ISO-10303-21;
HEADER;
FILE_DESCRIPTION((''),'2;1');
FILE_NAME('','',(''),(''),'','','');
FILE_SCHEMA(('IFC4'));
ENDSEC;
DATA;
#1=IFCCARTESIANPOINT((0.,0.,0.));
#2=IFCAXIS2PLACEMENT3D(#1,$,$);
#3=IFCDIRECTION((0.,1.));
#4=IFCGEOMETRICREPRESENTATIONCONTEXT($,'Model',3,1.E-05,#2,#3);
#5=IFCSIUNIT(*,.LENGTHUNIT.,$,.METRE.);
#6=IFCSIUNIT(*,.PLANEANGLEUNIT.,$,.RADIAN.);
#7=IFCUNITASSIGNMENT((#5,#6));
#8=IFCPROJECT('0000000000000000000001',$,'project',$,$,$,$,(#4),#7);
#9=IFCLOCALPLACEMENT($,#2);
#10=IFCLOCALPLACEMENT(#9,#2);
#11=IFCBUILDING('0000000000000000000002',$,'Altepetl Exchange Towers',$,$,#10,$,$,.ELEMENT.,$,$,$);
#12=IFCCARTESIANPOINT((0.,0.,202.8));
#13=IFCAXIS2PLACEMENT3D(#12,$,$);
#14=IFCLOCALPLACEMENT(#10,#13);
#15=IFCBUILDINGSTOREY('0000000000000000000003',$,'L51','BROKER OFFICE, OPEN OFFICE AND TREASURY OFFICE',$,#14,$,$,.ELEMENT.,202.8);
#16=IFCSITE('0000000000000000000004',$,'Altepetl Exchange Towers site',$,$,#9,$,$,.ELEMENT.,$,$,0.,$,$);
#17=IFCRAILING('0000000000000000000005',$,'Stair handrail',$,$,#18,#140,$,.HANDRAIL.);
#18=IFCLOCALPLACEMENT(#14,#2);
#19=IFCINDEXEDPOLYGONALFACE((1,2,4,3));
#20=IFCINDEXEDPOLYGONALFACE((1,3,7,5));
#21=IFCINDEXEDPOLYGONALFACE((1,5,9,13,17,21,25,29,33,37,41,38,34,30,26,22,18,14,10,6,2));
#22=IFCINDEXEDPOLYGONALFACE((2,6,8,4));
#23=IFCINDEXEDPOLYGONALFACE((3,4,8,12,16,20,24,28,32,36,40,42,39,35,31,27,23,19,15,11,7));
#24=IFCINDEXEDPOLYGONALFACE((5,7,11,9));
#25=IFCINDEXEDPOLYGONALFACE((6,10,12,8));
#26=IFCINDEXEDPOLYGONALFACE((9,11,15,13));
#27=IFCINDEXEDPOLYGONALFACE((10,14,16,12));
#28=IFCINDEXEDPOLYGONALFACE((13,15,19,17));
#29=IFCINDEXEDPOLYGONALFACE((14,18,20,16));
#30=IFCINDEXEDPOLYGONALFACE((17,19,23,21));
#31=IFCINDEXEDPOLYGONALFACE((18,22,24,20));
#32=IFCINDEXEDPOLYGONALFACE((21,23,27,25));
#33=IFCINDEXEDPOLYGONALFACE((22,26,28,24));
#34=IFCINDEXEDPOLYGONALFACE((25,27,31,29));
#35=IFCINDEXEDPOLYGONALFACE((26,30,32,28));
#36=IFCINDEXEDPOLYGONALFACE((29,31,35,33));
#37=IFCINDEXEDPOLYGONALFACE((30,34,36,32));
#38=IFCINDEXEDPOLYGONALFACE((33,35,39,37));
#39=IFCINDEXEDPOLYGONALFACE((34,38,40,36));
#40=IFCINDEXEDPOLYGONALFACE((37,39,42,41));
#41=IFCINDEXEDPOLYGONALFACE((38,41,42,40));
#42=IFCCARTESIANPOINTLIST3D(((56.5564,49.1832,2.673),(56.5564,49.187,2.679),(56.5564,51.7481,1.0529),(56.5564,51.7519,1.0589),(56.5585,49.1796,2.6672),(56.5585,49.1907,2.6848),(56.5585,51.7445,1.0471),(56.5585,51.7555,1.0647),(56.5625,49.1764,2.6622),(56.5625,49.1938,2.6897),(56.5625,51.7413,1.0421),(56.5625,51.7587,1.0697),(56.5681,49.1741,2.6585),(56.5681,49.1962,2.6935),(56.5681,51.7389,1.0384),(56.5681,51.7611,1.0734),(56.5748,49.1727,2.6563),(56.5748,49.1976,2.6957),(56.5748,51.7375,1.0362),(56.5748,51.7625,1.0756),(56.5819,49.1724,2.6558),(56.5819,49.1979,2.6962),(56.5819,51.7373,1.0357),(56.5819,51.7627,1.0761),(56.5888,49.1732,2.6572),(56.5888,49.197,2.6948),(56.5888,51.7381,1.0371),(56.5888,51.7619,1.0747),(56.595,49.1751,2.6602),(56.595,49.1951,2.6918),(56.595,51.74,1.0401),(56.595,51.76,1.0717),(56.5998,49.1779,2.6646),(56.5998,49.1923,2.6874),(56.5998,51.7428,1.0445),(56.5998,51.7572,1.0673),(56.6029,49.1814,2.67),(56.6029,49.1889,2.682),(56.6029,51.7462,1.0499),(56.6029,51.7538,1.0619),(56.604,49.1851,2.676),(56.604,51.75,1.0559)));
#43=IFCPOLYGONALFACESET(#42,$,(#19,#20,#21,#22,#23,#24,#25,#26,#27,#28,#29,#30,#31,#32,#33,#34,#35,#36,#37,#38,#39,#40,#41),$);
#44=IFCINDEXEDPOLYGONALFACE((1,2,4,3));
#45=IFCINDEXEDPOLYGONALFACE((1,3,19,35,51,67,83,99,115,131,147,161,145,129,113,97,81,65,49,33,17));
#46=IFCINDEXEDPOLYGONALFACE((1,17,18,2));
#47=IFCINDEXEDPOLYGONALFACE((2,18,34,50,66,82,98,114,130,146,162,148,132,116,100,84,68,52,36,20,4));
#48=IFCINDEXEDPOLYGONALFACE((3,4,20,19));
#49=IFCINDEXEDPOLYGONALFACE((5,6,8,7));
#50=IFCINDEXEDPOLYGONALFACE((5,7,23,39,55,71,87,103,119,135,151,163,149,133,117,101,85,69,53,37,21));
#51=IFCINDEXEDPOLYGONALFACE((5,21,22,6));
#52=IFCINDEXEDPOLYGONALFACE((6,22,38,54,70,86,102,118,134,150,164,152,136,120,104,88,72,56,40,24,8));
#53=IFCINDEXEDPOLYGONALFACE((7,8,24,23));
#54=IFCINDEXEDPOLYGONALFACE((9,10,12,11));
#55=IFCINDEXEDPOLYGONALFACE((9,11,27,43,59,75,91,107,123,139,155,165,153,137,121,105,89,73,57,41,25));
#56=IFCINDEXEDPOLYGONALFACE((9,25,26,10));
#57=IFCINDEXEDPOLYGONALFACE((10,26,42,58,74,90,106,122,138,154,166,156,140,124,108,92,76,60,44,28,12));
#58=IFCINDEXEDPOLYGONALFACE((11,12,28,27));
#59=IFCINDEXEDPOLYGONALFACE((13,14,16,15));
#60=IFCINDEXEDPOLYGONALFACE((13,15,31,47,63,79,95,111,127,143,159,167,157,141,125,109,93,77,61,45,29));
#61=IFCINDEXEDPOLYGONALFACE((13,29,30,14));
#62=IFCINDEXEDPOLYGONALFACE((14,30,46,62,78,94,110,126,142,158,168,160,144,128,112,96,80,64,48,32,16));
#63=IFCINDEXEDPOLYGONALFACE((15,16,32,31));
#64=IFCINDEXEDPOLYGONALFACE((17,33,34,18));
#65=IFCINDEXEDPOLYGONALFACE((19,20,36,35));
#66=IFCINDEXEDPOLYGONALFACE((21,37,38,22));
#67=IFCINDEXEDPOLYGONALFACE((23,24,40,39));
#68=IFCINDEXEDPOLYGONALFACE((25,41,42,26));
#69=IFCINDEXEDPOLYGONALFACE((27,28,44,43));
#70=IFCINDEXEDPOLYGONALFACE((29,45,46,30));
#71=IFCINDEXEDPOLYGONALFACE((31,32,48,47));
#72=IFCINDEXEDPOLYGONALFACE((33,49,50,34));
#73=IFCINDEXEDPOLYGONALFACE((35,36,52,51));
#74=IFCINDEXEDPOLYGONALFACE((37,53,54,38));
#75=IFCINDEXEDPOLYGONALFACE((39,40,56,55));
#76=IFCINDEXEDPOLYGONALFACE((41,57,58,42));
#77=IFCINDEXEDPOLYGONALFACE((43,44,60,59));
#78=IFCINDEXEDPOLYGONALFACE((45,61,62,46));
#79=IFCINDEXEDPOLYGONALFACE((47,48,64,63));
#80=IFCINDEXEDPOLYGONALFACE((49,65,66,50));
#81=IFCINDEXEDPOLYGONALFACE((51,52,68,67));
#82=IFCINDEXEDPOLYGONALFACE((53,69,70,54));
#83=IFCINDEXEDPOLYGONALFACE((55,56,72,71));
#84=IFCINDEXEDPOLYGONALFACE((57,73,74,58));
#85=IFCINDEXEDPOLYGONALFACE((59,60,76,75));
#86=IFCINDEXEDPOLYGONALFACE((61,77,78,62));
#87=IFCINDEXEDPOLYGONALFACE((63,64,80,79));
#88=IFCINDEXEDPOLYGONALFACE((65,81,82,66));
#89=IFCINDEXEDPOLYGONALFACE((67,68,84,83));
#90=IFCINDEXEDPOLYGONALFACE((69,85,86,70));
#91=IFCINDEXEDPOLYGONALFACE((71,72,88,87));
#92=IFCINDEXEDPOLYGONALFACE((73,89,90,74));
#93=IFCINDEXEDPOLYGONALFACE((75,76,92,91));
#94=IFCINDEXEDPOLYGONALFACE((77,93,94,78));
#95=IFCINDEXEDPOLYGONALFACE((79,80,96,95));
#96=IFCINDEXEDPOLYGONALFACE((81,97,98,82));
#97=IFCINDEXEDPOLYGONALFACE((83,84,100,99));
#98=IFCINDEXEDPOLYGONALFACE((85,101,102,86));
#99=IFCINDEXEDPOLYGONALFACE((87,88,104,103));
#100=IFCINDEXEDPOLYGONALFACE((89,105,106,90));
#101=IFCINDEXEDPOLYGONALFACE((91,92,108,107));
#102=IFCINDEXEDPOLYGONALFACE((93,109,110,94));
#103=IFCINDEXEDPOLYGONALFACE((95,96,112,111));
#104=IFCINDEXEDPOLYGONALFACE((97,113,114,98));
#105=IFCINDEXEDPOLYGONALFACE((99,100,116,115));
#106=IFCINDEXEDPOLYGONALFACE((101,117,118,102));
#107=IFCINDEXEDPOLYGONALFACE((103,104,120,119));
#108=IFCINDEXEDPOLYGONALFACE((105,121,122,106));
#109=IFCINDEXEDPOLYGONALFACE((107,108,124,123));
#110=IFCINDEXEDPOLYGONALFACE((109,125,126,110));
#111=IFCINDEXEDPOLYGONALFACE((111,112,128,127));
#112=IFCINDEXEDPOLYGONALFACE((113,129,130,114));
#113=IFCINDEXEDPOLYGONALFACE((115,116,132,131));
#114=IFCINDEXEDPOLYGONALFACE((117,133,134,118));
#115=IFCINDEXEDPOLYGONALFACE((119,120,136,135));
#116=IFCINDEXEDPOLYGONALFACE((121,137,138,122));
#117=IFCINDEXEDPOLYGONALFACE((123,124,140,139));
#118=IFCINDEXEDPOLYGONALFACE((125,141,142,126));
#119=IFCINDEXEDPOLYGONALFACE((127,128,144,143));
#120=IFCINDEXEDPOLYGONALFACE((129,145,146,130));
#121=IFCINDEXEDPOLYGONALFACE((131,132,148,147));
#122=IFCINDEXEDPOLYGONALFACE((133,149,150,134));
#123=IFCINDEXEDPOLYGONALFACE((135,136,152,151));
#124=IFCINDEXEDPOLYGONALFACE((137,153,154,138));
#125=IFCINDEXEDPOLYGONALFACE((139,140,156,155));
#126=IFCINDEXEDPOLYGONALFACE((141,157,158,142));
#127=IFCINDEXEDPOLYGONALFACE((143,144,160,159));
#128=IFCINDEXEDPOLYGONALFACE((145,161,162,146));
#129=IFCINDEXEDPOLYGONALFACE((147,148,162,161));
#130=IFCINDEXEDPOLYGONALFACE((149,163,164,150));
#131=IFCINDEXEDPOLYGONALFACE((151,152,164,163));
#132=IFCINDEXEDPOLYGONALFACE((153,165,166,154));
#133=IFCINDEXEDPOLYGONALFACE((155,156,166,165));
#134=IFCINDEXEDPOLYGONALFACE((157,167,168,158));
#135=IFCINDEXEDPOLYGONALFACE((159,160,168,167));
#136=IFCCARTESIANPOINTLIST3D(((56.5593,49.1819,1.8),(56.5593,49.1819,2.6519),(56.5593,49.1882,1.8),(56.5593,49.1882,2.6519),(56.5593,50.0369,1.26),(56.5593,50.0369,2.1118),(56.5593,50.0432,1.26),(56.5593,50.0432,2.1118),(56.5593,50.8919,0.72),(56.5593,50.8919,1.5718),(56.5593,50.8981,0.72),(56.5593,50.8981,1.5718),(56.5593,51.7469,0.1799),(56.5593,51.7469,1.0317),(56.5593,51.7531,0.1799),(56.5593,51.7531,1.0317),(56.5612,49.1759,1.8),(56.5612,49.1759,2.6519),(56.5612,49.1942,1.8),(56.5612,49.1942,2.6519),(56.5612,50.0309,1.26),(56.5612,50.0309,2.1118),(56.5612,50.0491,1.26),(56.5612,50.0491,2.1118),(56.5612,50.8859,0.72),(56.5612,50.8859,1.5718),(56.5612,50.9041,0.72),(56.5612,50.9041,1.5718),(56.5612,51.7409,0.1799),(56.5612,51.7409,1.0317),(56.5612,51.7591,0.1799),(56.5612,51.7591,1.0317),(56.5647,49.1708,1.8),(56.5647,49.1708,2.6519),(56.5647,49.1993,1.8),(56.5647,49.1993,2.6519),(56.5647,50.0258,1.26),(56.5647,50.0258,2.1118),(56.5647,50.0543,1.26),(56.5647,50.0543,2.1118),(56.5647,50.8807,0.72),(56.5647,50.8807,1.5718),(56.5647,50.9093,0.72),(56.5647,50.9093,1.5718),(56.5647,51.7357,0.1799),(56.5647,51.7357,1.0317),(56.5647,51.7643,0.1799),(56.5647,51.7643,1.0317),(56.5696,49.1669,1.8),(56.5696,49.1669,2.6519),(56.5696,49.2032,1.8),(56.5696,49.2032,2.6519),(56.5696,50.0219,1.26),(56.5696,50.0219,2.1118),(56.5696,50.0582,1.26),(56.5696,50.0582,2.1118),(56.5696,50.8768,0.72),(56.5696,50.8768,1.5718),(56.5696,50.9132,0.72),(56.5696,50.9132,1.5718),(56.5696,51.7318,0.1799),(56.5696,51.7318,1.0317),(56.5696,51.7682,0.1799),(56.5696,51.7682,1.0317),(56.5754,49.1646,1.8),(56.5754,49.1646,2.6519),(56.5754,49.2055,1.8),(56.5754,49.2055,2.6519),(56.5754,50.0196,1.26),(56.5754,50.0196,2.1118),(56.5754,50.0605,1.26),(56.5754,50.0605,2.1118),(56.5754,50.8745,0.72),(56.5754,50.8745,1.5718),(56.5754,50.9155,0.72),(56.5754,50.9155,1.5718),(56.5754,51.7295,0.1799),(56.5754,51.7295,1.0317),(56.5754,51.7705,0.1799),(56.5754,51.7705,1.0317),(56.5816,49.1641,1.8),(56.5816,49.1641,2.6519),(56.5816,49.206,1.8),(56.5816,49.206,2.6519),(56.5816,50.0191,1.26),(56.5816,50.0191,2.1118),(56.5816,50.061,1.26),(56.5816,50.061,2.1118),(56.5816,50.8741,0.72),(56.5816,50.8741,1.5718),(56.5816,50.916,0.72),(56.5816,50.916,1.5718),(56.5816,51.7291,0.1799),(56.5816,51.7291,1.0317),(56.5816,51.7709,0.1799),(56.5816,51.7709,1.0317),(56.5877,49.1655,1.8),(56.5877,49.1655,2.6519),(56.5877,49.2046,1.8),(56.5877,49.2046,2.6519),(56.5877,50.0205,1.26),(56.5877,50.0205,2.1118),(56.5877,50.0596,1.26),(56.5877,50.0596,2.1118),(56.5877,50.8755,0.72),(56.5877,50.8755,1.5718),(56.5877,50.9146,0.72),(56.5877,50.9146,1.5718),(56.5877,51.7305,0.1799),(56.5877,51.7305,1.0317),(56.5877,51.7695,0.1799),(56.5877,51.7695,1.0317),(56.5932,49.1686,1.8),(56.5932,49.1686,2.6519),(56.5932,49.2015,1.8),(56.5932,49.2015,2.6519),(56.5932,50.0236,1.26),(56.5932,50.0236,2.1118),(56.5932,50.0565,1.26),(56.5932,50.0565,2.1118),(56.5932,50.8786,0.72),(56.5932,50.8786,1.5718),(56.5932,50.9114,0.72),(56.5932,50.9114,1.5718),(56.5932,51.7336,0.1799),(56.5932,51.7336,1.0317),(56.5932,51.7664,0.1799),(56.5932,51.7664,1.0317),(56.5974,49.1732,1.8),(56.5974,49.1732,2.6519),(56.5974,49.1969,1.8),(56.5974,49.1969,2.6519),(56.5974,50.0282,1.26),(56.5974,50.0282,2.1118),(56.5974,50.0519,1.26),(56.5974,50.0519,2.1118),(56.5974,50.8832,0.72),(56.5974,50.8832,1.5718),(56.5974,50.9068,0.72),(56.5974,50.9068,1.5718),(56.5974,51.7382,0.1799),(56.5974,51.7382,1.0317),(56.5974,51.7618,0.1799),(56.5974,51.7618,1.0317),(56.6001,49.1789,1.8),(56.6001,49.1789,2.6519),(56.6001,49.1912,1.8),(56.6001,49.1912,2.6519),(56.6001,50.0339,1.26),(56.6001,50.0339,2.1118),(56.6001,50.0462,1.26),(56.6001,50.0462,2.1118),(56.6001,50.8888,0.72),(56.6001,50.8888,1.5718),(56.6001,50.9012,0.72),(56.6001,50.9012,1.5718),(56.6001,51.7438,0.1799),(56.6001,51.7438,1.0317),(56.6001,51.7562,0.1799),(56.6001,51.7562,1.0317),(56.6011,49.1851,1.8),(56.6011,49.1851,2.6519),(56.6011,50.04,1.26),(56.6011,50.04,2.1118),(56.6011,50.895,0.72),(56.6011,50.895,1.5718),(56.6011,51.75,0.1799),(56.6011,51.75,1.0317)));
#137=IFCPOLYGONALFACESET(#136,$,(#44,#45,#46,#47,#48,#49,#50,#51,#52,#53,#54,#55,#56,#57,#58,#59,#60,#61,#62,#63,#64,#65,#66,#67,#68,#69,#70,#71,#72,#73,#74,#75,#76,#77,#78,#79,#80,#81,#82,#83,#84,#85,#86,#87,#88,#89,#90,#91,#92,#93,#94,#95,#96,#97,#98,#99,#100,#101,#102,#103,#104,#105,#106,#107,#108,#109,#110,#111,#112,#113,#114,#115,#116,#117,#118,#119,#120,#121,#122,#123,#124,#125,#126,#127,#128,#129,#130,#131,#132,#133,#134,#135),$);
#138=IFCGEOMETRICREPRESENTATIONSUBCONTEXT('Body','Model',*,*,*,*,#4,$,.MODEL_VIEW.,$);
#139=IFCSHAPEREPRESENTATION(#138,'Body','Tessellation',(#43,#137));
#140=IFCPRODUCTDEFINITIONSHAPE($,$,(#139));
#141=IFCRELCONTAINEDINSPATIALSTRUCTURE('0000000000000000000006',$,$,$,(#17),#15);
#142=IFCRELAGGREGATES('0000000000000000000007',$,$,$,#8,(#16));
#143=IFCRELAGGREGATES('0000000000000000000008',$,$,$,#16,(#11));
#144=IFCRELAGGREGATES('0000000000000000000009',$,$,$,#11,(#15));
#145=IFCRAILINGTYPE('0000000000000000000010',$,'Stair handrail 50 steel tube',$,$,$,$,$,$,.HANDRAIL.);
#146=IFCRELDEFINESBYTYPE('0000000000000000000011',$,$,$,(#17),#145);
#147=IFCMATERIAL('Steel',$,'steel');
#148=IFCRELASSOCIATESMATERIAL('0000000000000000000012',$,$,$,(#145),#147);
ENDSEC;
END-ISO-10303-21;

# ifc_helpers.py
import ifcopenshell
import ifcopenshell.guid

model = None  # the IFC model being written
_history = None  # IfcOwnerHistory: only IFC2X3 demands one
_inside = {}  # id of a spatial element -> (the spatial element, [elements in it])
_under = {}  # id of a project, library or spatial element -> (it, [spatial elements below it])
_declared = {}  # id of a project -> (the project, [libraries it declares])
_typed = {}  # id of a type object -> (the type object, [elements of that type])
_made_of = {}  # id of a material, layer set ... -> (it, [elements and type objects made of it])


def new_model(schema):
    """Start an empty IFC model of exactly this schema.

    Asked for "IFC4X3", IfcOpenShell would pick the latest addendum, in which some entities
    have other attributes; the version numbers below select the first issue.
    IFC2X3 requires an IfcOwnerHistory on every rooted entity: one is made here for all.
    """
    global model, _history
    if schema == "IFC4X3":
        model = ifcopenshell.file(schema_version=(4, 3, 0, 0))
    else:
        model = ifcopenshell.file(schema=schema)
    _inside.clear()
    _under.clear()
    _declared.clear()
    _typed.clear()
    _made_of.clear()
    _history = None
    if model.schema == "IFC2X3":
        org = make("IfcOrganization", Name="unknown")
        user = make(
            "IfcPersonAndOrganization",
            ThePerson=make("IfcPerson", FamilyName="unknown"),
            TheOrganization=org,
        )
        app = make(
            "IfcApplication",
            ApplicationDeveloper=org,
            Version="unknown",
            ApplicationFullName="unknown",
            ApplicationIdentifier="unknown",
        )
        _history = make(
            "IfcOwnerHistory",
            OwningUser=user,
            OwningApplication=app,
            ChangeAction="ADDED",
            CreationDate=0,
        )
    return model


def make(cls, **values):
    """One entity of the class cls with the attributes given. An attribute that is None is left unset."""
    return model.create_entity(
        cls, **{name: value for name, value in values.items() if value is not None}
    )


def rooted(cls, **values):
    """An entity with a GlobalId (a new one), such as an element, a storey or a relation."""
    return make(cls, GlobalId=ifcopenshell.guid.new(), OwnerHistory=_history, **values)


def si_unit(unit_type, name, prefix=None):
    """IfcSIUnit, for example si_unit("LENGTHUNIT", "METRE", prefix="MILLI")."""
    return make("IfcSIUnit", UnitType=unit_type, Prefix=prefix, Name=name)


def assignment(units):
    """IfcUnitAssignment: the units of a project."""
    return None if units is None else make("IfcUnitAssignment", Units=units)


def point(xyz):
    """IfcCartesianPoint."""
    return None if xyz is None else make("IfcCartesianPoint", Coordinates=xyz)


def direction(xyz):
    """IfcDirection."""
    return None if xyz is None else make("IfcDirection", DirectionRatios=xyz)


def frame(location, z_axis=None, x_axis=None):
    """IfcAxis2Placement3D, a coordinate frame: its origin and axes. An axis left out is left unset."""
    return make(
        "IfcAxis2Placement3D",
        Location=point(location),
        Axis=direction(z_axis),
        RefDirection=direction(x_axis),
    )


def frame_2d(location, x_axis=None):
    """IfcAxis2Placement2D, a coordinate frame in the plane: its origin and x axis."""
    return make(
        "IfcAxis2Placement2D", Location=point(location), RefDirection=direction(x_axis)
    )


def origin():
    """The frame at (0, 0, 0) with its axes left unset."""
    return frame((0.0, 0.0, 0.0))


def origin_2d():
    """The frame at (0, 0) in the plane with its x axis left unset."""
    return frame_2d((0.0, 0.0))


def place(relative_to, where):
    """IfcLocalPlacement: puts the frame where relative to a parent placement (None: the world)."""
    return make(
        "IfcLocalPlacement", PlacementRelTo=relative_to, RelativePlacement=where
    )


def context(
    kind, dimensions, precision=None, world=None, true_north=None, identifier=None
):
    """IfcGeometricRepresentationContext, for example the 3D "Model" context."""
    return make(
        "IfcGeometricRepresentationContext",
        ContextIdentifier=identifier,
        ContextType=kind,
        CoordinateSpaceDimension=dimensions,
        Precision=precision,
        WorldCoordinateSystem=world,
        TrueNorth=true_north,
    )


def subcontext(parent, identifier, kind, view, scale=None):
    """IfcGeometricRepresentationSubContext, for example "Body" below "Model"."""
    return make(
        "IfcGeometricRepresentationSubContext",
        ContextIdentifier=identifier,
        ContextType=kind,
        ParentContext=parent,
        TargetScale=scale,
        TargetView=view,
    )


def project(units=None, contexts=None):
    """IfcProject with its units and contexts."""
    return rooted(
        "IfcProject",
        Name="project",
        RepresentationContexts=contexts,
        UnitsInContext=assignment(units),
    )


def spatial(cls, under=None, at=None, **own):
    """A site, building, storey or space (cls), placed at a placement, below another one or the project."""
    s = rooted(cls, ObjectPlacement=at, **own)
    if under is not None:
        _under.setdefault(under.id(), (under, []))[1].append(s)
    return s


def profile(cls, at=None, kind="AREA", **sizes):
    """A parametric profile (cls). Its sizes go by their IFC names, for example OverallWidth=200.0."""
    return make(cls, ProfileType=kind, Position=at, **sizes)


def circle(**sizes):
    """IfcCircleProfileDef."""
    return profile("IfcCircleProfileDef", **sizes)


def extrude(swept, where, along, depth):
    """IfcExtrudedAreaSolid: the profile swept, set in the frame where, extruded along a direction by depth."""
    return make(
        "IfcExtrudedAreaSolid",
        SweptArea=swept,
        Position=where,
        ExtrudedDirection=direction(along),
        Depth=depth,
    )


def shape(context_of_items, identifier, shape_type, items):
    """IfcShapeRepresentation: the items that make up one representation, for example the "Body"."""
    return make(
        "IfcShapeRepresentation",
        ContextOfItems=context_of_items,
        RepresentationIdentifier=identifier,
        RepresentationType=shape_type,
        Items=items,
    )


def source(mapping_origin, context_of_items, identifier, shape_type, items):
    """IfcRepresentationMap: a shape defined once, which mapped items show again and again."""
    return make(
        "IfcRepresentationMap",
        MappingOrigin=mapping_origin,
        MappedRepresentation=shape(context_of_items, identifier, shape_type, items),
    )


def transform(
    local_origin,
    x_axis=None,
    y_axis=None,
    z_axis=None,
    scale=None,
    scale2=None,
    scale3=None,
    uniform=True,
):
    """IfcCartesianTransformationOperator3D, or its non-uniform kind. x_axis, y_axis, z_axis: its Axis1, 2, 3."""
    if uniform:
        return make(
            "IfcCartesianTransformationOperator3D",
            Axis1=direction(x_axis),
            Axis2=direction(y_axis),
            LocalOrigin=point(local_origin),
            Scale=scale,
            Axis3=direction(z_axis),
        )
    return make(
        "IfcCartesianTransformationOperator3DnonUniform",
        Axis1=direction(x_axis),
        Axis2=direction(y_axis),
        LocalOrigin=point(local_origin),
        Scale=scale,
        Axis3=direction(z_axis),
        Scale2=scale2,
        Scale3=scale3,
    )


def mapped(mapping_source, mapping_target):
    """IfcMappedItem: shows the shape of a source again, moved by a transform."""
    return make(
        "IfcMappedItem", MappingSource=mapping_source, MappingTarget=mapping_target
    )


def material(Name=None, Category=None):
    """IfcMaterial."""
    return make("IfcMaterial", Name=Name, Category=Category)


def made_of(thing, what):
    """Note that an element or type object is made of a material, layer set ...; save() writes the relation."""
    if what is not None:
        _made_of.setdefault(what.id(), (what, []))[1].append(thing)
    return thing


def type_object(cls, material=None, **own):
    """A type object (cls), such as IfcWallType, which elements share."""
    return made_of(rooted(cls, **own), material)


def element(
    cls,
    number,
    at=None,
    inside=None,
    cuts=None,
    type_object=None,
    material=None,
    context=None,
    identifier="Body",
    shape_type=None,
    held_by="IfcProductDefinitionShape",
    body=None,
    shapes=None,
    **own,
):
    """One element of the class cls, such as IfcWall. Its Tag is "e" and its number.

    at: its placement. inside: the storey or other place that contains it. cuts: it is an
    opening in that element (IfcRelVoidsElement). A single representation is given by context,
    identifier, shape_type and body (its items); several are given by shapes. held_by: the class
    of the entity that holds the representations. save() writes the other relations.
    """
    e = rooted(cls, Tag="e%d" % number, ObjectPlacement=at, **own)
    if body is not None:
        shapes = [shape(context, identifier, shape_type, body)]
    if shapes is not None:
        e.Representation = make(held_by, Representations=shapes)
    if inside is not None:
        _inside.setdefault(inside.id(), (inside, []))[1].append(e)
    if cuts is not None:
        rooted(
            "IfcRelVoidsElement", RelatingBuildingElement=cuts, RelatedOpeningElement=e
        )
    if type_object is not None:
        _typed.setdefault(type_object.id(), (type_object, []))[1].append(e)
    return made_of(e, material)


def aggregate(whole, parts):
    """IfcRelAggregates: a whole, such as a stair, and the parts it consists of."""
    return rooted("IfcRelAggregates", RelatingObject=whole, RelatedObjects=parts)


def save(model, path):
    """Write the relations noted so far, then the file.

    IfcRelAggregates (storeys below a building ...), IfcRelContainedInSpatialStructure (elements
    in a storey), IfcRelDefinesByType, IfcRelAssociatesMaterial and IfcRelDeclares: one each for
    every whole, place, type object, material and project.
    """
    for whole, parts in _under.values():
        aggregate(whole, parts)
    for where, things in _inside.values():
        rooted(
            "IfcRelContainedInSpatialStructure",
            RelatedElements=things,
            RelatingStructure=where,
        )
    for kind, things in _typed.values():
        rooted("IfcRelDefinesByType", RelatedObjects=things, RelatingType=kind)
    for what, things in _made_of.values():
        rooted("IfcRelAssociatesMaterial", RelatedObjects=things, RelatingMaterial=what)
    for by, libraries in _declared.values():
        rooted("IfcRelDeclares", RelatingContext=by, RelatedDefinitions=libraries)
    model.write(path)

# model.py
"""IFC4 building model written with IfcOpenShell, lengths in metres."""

from ifc_helpers import new_model, si_unit, direction, frame, origin, origin_2d, place, context, subcontext, project, spatial, circle, extrude, source, transform, mapped, material, type_object, element, save


model = new_model("IFC4")

# Units and contexts
model_context = context("Model", 3, precision=1e-05, world=origin(), true_north=direction((0.0, 1.0)))
body_context = subcontext(model_context, "Body", "Model", "MODEL_VIEW")
ifc_project = project(units=[si_unit("LENGTHUNIT", "METRE"), si_unit("PLANEANGLEUNIT", "RADIAN")], contexts=[model_context])

# Site, building, storey
site_placement = place(None, origin())
site = spatial("IfcSite", under=ifc_project, at=site_placement, Name="Altepetl Exchange Towers site", CompositionType="ELEMENT", RefElevation=0.0)
building_placement = place(site_placement, origin())
building = spatial("IfcBuilding", under=site, at=building_placement, Name="Altepetl Exchange Towers", CompositionType="ELEMENT")
storey_placement = place(building_placement, frame((0.0, 0.0, 202.8)))
storey = spatial("IfcBuildingStorey", under=building, at=storey_placement, Name="L51", Description="BROKER OFFICE, OPEN OFFICE AND TREASURY OFFICE", CompositionType="ELEMENT", Elevation=202.8)

# Railing
ifc_material_1 = material(Name="Steel", Category="steel")
railing_type = type_object("IfcRailingType", Name="Stair handrail 50 steel tube", PredefinedType="HANDRAIL", material=ifc_material_1)
shared_shape = source(origin(), body_context, "Body", "SweptSolid", [
    extrude(circle(Radius=0.021, at=origin_2d()), origin(), (0.0, 0.0, 1.0), 0.8518),
])
railing_placement = place(storey_placement, frame((56.5801, 51.75, 0.1799)))
element("IfcRailing", 1, at=railing_placement, inside=storey, type_object=railing_type, Name="Stair handrail", PredefinedType="HANDRAIL", context=body_context, shape_type="SweptSolid", body=[
    extrude(circle(Radius=0.0239, at=origin_2d()), frame((0.0, 0.0, 0.876), z_axis=(0.0, -0.845466, 0.534029), x_axis=(1.0, 0.0, 0.0)), (0.0, 0.0, 1.0), 3.0337),
    mapped(shared_shape, transform((0.0, 0.0, 0.0))),
    mapped(shared_shape, transform((0.0, -0.855, 0.54))),
    mapped(shared_shape, transform((0.0, -1.71, 1.0801))),
    mapped(shared_shape, transform((0.0, -2.5649, 1.6201))),
])

save(model, "model.ifc")
